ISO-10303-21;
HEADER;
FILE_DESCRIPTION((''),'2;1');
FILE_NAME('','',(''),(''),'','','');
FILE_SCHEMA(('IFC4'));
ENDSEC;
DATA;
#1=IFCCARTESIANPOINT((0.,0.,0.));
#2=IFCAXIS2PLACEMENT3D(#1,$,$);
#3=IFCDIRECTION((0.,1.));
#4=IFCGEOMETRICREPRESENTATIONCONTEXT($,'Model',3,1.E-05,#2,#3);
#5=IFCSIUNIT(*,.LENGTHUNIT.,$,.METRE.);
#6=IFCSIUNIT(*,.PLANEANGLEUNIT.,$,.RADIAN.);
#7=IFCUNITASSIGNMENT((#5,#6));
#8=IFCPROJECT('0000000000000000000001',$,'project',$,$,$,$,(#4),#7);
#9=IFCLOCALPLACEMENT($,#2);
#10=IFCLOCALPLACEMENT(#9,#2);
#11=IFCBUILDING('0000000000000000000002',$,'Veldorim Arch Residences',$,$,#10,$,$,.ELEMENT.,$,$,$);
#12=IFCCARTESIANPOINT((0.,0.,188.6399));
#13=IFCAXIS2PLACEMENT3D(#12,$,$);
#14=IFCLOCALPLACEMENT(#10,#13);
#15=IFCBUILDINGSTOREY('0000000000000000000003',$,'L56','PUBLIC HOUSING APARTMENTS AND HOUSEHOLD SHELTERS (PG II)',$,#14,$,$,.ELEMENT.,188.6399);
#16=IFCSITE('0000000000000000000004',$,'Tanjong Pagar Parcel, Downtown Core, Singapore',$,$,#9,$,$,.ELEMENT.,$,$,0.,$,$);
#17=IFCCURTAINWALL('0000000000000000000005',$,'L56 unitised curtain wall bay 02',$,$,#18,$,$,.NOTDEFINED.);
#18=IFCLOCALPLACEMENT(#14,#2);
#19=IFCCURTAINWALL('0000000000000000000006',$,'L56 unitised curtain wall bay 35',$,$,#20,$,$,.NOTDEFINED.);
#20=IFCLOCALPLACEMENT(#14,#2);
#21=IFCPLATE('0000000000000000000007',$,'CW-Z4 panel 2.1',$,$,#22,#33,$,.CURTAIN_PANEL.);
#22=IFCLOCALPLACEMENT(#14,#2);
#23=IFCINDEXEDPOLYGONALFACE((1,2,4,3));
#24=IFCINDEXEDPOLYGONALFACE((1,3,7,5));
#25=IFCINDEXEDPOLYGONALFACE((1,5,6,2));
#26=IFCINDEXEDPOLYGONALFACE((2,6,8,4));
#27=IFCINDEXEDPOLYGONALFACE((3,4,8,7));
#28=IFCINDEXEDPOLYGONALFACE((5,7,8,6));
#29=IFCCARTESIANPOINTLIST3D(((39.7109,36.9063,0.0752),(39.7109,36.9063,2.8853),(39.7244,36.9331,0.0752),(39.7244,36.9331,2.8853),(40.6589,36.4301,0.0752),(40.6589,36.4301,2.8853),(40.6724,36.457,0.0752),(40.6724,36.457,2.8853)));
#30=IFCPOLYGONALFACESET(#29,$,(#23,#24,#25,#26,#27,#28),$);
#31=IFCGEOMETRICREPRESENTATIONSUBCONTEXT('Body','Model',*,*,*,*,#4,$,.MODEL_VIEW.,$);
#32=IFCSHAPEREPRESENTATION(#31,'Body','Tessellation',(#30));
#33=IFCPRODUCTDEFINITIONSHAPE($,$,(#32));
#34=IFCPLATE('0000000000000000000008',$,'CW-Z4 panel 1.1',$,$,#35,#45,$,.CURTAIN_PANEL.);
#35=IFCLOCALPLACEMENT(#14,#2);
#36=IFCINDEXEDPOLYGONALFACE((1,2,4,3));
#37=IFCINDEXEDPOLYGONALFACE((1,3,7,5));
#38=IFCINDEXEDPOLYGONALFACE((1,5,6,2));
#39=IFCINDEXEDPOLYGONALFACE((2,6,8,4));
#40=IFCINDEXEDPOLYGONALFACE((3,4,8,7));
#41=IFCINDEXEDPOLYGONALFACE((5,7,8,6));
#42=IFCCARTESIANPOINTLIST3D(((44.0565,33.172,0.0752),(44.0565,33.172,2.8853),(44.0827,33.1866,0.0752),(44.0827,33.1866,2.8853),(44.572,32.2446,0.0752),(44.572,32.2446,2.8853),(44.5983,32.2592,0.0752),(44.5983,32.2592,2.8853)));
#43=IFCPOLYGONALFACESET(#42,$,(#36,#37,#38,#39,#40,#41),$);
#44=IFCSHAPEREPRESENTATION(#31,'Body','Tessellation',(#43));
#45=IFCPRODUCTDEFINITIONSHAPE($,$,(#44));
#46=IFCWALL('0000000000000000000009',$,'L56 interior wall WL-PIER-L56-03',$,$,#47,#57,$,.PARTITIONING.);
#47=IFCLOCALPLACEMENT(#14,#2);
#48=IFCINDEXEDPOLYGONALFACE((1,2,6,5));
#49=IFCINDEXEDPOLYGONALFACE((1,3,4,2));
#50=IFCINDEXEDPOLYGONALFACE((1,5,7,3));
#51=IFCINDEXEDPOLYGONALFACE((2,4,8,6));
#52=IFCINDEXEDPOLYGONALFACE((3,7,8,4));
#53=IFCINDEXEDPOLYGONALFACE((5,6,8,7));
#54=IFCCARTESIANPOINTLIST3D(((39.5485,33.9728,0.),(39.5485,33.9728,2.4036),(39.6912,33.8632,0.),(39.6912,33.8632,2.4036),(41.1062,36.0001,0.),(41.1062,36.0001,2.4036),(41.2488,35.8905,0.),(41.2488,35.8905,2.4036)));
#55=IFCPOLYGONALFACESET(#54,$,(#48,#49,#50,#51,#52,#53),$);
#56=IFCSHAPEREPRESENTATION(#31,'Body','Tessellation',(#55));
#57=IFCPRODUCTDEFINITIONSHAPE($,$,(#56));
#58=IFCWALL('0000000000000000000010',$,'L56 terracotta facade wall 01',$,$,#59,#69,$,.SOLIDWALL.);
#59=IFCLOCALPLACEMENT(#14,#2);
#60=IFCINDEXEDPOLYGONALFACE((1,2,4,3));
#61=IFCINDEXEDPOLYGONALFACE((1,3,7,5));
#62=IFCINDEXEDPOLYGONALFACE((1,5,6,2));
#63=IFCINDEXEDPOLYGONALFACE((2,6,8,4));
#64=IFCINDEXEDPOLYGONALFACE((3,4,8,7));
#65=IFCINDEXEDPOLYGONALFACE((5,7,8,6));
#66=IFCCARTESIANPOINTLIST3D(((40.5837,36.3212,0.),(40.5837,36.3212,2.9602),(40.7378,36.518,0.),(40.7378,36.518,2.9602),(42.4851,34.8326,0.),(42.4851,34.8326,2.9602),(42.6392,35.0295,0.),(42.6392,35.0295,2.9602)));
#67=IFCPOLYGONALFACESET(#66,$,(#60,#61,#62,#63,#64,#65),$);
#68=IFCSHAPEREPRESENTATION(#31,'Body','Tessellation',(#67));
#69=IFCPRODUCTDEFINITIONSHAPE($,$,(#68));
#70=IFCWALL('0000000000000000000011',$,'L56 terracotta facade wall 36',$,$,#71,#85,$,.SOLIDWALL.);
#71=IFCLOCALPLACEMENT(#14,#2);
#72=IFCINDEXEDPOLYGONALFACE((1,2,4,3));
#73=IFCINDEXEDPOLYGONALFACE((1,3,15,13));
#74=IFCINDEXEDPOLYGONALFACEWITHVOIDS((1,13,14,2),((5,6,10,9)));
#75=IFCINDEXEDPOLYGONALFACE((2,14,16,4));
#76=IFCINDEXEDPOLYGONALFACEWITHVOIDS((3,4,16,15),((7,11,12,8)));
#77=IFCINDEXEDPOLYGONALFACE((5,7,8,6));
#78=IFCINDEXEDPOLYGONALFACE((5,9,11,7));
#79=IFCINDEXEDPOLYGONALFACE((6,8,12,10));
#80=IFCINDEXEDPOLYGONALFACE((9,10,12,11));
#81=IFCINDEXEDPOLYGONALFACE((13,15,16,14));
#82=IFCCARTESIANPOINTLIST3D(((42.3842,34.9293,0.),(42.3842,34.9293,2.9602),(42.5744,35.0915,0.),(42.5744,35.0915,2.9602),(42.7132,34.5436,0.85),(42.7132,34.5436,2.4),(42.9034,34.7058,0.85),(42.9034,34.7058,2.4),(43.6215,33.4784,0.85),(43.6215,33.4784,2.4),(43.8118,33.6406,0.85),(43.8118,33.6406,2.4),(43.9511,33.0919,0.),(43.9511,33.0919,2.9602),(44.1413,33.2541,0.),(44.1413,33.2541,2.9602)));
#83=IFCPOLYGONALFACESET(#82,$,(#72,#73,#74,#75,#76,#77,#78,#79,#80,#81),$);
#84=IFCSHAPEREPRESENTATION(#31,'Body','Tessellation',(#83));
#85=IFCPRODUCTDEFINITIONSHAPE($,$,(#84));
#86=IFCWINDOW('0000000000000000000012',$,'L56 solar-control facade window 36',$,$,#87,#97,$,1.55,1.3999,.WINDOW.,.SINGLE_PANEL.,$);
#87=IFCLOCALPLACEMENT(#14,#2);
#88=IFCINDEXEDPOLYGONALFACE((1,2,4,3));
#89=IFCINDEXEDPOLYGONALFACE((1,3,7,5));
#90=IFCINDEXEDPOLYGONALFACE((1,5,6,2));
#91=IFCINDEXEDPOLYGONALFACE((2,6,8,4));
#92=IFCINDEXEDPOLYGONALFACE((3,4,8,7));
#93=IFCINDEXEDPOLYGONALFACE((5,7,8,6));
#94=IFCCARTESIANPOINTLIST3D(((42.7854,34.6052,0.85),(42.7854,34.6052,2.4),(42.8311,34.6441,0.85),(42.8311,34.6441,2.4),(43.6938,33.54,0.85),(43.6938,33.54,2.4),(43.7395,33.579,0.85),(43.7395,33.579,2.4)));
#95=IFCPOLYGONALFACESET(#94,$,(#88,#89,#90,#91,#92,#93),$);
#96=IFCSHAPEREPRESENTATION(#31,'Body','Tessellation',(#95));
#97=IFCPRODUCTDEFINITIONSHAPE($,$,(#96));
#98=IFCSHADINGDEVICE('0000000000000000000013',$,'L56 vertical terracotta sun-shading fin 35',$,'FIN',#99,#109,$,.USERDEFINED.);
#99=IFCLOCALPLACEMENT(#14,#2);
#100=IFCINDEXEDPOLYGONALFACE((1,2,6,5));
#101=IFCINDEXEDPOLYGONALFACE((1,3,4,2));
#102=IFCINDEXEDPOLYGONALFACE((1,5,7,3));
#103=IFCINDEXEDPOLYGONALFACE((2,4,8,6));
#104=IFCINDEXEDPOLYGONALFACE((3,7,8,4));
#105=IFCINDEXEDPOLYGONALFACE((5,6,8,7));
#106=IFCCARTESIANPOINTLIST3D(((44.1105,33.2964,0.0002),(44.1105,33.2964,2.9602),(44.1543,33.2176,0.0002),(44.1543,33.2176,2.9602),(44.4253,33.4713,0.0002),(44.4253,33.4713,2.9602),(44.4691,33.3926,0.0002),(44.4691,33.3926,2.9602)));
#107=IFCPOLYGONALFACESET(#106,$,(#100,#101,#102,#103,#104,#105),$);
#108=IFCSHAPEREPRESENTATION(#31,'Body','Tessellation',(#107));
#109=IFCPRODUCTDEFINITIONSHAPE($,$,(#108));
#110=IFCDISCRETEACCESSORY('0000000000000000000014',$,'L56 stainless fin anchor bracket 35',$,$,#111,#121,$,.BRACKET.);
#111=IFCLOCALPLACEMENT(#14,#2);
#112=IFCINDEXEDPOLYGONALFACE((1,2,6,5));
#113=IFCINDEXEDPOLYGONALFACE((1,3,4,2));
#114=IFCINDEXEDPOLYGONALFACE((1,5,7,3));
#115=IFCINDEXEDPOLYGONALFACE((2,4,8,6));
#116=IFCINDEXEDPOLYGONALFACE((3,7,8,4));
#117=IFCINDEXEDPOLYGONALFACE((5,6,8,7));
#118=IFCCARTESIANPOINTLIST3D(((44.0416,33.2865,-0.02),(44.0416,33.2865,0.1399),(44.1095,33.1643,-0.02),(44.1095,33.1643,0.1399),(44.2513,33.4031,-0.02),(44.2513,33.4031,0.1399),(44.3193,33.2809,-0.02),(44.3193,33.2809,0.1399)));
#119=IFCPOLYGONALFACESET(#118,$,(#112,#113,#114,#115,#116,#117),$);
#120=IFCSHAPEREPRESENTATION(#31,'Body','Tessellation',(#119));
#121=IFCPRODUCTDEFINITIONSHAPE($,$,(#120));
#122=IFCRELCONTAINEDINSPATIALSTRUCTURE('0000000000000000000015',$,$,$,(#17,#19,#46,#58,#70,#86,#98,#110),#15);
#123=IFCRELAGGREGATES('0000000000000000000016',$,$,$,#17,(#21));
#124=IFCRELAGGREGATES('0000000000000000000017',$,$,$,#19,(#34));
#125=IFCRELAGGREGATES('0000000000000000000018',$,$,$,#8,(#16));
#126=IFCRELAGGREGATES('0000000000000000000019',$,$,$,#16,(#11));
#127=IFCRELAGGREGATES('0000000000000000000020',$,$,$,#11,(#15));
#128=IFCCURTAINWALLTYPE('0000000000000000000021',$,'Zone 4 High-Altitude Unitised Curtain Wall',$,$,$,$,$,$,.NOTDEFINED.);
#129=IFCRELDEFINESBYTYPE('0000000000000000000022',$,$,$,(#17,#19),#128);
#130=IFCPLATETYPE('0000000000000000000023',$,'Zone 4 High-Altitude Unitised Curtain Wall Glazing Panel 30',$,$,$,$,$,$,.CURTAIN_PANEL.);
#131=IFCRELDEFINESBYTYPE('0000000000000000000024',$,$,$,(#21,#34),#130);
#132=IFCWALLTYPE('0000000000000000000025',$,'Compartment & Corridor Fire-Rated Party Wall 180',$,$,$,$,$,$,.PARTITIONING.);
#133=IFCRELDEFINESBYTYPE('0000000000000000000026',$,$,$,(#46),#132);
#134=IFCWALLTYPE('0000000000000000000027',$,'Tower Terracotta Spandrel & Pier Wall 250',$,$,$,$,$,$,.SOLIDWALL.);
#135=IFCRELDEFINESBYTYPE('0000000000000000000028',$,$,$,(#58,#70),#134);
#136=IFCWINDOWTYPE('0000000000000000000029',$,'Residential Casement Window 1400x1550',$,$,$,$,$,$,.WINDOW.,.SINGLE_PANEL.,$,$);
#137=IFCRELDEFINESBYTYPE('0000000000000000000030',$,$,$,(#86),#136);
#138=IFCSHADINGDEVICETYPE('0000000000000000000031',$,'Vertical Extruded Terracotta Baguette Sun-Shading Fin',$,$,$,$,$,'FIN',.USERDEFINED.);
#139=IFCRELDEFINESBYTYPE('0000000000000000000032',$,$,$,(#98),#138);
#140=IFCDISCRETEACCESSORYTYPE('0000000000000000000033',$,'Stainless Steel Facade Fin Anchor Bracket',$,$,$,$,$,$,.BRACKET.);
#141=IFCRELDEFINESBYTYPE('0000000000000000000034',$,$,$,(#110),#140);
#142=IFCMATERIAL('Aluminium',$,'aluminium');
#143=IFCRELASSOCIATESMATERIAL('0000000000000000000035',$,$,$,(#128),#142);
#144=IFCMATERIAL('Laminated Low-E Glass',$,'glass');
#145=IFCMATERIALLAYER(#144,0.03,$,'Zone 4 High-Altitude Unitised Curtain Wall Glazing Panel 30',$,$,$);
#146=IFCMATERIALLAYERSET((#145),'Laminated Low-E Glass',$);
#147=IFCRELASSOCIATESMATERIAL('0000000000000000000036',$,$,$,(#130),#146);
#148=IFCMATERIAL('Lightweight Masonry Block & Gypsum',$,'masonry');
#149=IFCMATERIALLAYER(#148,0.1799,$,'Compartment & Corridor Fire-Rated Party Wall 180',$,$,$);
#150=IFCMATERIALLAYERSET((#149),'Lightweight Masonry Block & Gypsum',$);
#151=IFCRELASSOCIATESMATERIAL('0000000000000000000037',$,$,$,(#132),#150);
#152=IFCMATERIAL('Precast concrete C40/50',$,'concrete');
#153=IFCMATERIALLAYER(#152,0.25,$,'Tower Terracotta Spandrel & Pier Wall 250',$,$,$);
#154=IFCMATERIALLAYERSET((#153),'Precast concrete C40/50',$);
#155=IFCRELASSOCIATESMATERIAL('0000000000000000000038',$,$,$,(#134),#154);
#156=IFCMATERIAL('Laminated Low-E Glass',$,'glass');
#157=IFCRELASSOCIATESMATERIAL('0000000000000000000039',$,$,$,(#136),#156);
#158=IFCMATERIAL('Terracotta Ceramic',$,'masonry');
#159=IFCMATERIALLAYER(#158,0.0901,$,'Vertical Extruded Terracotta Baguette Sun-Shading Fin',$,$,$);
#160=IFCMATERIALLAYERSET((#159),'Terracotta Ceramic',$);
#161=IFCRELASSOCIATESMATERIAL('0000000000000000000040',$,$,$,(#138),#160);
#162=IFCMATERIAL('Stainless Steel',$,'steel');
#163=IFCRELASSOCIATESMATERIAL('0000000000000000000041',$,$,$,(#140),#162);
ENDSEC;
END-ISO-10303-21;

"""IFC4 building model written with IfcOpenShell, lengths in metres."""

from ifc_helpers import new_model, si_unit, direction, frame, frame_2d, origin, origin_2d, place, context, subcontext, project, spatial, rectangle, extrude, material, layer, layer_set, type_object, element, fill, aggregate, save


model = new_model("IFC4")

# Units and contexts
model_context = context("Model", 3, precision=1e-05, world=origin(), true_north=direction((0.0, 1.0)))
body_context = subcontext(model_context, "Body", "Model", "MODEL_VIEW")
ifc_project = project(units=[si_unit("LENGTHUNIT", "METRE"), si_unit("PLANEANGLEUNIT", "RADIAN")], contexts=[model_context])

# Site, building, storey
site_placement = place(None, origin())
site = spatial("IfcSite", under=ifc_project, at=site_placement, Name="Tanjong Pagar Parcel, Downtown Core, Singapore", CompositionType="ELEMENT", RefElevation=0.0)
building_placement = place(site_placement, origin())
building = spatial("IfcBuilding", under=site, at=building_placement, Name="Veldorim Arch Residences", CompositionType="ELEMENT")
storey_placement = place(building_placement, frame((0.0, 0.0, 188.6399)))
storey = spatial("IfcBuildingStorey", under=building, at=storey_placement, Name="L56", Description="PUBLIC HOUSING APARTMENTS AND HOUSEHOLD SHELTERS (PG II)", CompositionType="ELEMENT", Elevation=188.6399)

# Curtain walls
ifc_material_1 = material(Name="Aluminium", Category="aluminium")
curtain_wall_type = type_object("IfcCurtainWallType", Name="Zone 4 High-Altitude Unitised Curtain Wall", PredefinedType="NOTDEFINED", material=ifc_material_1)
curtain_wall_1_placement = place(storey_placement, origin())
curtain_wall_1 = element("IfcCurtainWall", 1, at=curtain_wall_1_placement, inside=storey, type_object=curtain_wall_type, Name="L56 unitised curtain wall bay 02", PredefinedType="NOTDEFINED")
curtain_wall_2_placement = place(storey_placement, origin())
curtain_wall_2 = element("IfcCurtainWall", 2, at=curtain_wall_2_placement, inside=storey, type_object=curtain_wall_type, Name="L56 unitised curtain wall bay 35", PredefinedType="NOTDEFINED")

# Plates
ifc_material_2 = material(Name="Laminated Low-E Glass", Category="glass")
ifc_layer_1 = layer(ifc_material_2, 0.03, Name="Zone 4 High-Altitude Unitised Curtain Wall Glazing Panel 30")
ifc_layer_set_1 = layer_set([ifc_layer_1], Name="Laminated Low-E Glass")
plate_type = type_object("IfcPlateType", Name="Zone 4 High-Altitude Unitised Curtain Wall Glazing Panel 30", PredefinedType="CURTAIN_PANEL", material=ifc_layer_set_1)
plate_1_placement = place(storey_placement, frame((40.1917, 36.6816, 0.0752), z_axis=(0.0, 0.0, 1.0), x_axis=(0.893599, -0.448866, 0.0)))
plate_1 = element("IfcPlate", 3, at=plate_1_placement, type_object=plate_type, Name="CW-Z4 panel 2.1", PredefinedType="CURTAIN_PANEL", context=body_context, shape_type="SweptSolid", body=[
    extrude(rectangle(XDim=1.0608, YDim=0.03, at=origin_2d()), origin(), (0.0, 0.0, 1.0), 2.8101),
])
aggregate(curtain_wall_1, [plate_1])
plate_2_placement = place(storey_placement, frame((44.3274, 32.7156, 0.0752), z_axis=(0.0, 0.0, 1.0), x_axis=(0.485885, -0.874023, 0.0)))
plate_2 = element("IfcPlate", 4, at=plate_2_placement, type_object=plate_type, Name="CW-Z4 panel 1.1", PredefinedType="CURTAIN_PANEL", context=body_context, shape_type="SweptSolid", body=[
    extrude(rectangle(XDim=1.061, YDim=0.03, at=origin_2d()), origin(), (0.0, 0.0, 1.0), 2.8101),
])
aggregate(curtain_wall_2, [plate_2])

# Walls
ifc_material_3 = material(Name="Lightweight Masonry Block & Gypsum", Category="masonry")
ifc_layer_2 = layer(ifc_material_3, 0.1799, Name="Compartment & Corridor Fire-Rated Party Wall 180")
ifc_layer_set_2 = layer_set([ifc_layer_2], Name="Lightweight Masonry Block & Gypsum")
wall_type_1 = type_object("IfcWallType", Name="Compartment & Corridor Fire-Rated Party Wall 180", PredefinedType="PARTITIONING", material=ifc_layer_set_2)
wall_1_placement = place(storey_placement, frame((39.6199, 33.918, 0.0), z_axis=(0.0, 0.0, 1.0), x_axis=(0.609249, 0.792979, 0.0)))
element("IfcWall", 5, at=wall_1_placement, inside=storey, type_object=wall_type_1, Name="L56 interior wall WL-PIER-L56-03", PredefinedType="PARTITIONING", context=body_context, shape_type="SweptSolid", body=[
    extrude(rectangle(XDim=2.5566, YDim=0.1799, at=frame_2d((1.2783, 0.0))), origin(), (0.0, 0.0, 1.0), 2.4036),
])
ifc_material_4 = material(Name="Precast concrete C40/50", Category="concrete")
ifc_layer_3 = layer(ifc_material_4, 0.25, Name="Tower Terracotta Spandrel & Pier Wall 250")
ifc_layer_set_3 = layer_set([ifc_layer_3], Name="Precast concrete C40/50")
wall_type_2 = type_object("IfcWallType", Name="Tower Terracotta Spandrel & Pier Wall 250", PredefinedType="SOLIDWALL", material=ifc_layer_set_3)
wall_2_placement = place(storey_placement, frame((40.6606, 36.4197, 0.0), z_axis=(0.0, 0.0, 1.0), x_axis=(0.787405, -0.616436, 0.0)))
element("IfcWall", 6, at=wall_2_placement, inside=storey, type_object=wall_type_2, Name="L56 terracotta facade wall 01", PredefinedType="SOLIDWALL", context=body_context, shape_type="SweptSolid", body=[
    extrude(rectangle(XDim=2.4148, YDim=0.25, at=frame_2d((1.2075, 0.0))), origin(), (0.0, 0.0, 1.0), 2.9602),
])

# Wall, opening, window
wall_3_placement = place(storey_placement, frame((42.4792, 35.0105, 0.0), z_axis=(0.0, 0.0, 1.0), x_axis=(0.648874, -0.760896, 0.0)))
wall_3 = element("IfcWall", 7, at=wall_3_placement, inside=storey, type_object=wall_type_2, Name="L56 terracotta facade wall 36", PredefinedType="SOLIDWALL", context=body_context, shape_type="SweptSolid", body=[
    extrude(rectangle(XDim=2.4148, YDim=0.25, at=frame_2d((1.2075, 0.0))), origin(), (0.0, 0.0, 1.0), 2.9602),
])
opening_placement = place(wall_3_placement, frame((0.5071, 0.0, 0.8501)))
opening = element("IfcOpeningElement", 8, at=opening_placement, cuts=wall_3, PredefinedType="OPENING", context=body_context, shape_type="SweptSolid", body=[
    extrude(rectangle(XDim=1.3999, YDim=1.55, at=frame_2d((0.7, 0.7749))), frame((0.0, 0.135, 0.0), z_axis=(0.0, -1.0, 0.0), x_axis=(1.0, 0.0, 0.0)), (0.0, 0.0, 1.0), 0.27),
])
ifc_material_5 = material(Name="Laminated Low-E Glass", Category="glass")
window_type = type_object("IfcWindowType", Name="Residential Casement Window 1400x1550", PartitioningType="SINGLE_PANEL", PredefinedType="WINDOW", material=ifc_material_5)
window_placement = place(opening_placement, origin())
window = element("IfcWindow", 9, at=window_placement, inside=storey, type_object=window_type, Name="L56 solar-control facade window 36", OverallHeight=1.55, OverallWidth=1.3999, PartitioningType="SINGLE_PANEL", PredefinedType="WINDOW", context=body_context, shape_type="SweptSolid", body=[
    extrude(rectangle(XDim=1.3999, YDim=1.55, at=frame_2d((0.7, 0.7749))), frame((0.0, 0.03, 0.0), z_axis=(0.0, -1.0, 0.0), x_axis=(1.0, 0.0, 0.0)), (0.0, 0.0, 1.0), 0.0601),
])
fill(opening, window)

# Shading device
ifc_material_6 = material(Name="Terracotta Ceramic", Category="masonry")
ifc_layer_4 = layer(ifc_material_6, 0.0901, Name="Vertical Extruded Terracotta Baguette Sun-Shading Fin")
ifc_layer_set_4 = layer_set([ifc_layer_4], Name="Terracotta Ceramic")
shading_device_type = type_object("IfcShadingDeviceType", Name="Vertical Extruded Terracotta Baguette Sun-Shading Fin", ElementType="FIN", PredefinedType="USERDEFINED", material=ifc_layer_set_4)
shading_device_placement = place(storey_placement, frame((44.2898, 33.3445, 0.0002), z_axis=(0.0, 0.0, 1.0), x_axis=(0.485878, -0.874027, 0.0)))
element("IfcShadingDevice", 10, at=shading_device_placement, inside=storey, type_object=shading_device_type, Name="L56 vertical terracotta sun-shading fin 35", ObjectType="FIN", PredefinedType="USERDEFINED", context=body_context, shape_type="SweptSolid", body=[
    extrude(rectangle(XDim=0.0901, YDim=0.3601, at=origin_2d()), origin(), (0.0, 0.0, 1.0), 2.96),
])

# Discrete accessory
ifc_material_7 = material(Name="Stainless Steel", Category="steel")
discrete_accessory_type = type_object("IfcDiscreteAccessoryType", Name="Stainless Steel Facade Fin Anchor Bracket", PredefinedType="BRACKET", material=ifc_material_7)
discrete_accessory_placement = place(storey_placement, frame((44.1804, 33.2837, -0.02), z_axis=(0.0, 0.0, 1.0), x_axis=(0.485878, -0.874027, 0.0)))
element("IfcDiscreteAccessory", 11, at=discrete_accessory_placement, inside=storey, type_object=discrete_accessory_type, Name="L56 stainless fin anchor bracket 35", PredefinedType="BRACKET", context=body_context, shape_type="SweptSolid", body=[
    extrude(rectangle(XDim=0.1399, YDim=0.24, at=origin_2d()), origin(), (0.0, 0.0, 1.0), 0.1599),
])

save(model, "model.ifc")
